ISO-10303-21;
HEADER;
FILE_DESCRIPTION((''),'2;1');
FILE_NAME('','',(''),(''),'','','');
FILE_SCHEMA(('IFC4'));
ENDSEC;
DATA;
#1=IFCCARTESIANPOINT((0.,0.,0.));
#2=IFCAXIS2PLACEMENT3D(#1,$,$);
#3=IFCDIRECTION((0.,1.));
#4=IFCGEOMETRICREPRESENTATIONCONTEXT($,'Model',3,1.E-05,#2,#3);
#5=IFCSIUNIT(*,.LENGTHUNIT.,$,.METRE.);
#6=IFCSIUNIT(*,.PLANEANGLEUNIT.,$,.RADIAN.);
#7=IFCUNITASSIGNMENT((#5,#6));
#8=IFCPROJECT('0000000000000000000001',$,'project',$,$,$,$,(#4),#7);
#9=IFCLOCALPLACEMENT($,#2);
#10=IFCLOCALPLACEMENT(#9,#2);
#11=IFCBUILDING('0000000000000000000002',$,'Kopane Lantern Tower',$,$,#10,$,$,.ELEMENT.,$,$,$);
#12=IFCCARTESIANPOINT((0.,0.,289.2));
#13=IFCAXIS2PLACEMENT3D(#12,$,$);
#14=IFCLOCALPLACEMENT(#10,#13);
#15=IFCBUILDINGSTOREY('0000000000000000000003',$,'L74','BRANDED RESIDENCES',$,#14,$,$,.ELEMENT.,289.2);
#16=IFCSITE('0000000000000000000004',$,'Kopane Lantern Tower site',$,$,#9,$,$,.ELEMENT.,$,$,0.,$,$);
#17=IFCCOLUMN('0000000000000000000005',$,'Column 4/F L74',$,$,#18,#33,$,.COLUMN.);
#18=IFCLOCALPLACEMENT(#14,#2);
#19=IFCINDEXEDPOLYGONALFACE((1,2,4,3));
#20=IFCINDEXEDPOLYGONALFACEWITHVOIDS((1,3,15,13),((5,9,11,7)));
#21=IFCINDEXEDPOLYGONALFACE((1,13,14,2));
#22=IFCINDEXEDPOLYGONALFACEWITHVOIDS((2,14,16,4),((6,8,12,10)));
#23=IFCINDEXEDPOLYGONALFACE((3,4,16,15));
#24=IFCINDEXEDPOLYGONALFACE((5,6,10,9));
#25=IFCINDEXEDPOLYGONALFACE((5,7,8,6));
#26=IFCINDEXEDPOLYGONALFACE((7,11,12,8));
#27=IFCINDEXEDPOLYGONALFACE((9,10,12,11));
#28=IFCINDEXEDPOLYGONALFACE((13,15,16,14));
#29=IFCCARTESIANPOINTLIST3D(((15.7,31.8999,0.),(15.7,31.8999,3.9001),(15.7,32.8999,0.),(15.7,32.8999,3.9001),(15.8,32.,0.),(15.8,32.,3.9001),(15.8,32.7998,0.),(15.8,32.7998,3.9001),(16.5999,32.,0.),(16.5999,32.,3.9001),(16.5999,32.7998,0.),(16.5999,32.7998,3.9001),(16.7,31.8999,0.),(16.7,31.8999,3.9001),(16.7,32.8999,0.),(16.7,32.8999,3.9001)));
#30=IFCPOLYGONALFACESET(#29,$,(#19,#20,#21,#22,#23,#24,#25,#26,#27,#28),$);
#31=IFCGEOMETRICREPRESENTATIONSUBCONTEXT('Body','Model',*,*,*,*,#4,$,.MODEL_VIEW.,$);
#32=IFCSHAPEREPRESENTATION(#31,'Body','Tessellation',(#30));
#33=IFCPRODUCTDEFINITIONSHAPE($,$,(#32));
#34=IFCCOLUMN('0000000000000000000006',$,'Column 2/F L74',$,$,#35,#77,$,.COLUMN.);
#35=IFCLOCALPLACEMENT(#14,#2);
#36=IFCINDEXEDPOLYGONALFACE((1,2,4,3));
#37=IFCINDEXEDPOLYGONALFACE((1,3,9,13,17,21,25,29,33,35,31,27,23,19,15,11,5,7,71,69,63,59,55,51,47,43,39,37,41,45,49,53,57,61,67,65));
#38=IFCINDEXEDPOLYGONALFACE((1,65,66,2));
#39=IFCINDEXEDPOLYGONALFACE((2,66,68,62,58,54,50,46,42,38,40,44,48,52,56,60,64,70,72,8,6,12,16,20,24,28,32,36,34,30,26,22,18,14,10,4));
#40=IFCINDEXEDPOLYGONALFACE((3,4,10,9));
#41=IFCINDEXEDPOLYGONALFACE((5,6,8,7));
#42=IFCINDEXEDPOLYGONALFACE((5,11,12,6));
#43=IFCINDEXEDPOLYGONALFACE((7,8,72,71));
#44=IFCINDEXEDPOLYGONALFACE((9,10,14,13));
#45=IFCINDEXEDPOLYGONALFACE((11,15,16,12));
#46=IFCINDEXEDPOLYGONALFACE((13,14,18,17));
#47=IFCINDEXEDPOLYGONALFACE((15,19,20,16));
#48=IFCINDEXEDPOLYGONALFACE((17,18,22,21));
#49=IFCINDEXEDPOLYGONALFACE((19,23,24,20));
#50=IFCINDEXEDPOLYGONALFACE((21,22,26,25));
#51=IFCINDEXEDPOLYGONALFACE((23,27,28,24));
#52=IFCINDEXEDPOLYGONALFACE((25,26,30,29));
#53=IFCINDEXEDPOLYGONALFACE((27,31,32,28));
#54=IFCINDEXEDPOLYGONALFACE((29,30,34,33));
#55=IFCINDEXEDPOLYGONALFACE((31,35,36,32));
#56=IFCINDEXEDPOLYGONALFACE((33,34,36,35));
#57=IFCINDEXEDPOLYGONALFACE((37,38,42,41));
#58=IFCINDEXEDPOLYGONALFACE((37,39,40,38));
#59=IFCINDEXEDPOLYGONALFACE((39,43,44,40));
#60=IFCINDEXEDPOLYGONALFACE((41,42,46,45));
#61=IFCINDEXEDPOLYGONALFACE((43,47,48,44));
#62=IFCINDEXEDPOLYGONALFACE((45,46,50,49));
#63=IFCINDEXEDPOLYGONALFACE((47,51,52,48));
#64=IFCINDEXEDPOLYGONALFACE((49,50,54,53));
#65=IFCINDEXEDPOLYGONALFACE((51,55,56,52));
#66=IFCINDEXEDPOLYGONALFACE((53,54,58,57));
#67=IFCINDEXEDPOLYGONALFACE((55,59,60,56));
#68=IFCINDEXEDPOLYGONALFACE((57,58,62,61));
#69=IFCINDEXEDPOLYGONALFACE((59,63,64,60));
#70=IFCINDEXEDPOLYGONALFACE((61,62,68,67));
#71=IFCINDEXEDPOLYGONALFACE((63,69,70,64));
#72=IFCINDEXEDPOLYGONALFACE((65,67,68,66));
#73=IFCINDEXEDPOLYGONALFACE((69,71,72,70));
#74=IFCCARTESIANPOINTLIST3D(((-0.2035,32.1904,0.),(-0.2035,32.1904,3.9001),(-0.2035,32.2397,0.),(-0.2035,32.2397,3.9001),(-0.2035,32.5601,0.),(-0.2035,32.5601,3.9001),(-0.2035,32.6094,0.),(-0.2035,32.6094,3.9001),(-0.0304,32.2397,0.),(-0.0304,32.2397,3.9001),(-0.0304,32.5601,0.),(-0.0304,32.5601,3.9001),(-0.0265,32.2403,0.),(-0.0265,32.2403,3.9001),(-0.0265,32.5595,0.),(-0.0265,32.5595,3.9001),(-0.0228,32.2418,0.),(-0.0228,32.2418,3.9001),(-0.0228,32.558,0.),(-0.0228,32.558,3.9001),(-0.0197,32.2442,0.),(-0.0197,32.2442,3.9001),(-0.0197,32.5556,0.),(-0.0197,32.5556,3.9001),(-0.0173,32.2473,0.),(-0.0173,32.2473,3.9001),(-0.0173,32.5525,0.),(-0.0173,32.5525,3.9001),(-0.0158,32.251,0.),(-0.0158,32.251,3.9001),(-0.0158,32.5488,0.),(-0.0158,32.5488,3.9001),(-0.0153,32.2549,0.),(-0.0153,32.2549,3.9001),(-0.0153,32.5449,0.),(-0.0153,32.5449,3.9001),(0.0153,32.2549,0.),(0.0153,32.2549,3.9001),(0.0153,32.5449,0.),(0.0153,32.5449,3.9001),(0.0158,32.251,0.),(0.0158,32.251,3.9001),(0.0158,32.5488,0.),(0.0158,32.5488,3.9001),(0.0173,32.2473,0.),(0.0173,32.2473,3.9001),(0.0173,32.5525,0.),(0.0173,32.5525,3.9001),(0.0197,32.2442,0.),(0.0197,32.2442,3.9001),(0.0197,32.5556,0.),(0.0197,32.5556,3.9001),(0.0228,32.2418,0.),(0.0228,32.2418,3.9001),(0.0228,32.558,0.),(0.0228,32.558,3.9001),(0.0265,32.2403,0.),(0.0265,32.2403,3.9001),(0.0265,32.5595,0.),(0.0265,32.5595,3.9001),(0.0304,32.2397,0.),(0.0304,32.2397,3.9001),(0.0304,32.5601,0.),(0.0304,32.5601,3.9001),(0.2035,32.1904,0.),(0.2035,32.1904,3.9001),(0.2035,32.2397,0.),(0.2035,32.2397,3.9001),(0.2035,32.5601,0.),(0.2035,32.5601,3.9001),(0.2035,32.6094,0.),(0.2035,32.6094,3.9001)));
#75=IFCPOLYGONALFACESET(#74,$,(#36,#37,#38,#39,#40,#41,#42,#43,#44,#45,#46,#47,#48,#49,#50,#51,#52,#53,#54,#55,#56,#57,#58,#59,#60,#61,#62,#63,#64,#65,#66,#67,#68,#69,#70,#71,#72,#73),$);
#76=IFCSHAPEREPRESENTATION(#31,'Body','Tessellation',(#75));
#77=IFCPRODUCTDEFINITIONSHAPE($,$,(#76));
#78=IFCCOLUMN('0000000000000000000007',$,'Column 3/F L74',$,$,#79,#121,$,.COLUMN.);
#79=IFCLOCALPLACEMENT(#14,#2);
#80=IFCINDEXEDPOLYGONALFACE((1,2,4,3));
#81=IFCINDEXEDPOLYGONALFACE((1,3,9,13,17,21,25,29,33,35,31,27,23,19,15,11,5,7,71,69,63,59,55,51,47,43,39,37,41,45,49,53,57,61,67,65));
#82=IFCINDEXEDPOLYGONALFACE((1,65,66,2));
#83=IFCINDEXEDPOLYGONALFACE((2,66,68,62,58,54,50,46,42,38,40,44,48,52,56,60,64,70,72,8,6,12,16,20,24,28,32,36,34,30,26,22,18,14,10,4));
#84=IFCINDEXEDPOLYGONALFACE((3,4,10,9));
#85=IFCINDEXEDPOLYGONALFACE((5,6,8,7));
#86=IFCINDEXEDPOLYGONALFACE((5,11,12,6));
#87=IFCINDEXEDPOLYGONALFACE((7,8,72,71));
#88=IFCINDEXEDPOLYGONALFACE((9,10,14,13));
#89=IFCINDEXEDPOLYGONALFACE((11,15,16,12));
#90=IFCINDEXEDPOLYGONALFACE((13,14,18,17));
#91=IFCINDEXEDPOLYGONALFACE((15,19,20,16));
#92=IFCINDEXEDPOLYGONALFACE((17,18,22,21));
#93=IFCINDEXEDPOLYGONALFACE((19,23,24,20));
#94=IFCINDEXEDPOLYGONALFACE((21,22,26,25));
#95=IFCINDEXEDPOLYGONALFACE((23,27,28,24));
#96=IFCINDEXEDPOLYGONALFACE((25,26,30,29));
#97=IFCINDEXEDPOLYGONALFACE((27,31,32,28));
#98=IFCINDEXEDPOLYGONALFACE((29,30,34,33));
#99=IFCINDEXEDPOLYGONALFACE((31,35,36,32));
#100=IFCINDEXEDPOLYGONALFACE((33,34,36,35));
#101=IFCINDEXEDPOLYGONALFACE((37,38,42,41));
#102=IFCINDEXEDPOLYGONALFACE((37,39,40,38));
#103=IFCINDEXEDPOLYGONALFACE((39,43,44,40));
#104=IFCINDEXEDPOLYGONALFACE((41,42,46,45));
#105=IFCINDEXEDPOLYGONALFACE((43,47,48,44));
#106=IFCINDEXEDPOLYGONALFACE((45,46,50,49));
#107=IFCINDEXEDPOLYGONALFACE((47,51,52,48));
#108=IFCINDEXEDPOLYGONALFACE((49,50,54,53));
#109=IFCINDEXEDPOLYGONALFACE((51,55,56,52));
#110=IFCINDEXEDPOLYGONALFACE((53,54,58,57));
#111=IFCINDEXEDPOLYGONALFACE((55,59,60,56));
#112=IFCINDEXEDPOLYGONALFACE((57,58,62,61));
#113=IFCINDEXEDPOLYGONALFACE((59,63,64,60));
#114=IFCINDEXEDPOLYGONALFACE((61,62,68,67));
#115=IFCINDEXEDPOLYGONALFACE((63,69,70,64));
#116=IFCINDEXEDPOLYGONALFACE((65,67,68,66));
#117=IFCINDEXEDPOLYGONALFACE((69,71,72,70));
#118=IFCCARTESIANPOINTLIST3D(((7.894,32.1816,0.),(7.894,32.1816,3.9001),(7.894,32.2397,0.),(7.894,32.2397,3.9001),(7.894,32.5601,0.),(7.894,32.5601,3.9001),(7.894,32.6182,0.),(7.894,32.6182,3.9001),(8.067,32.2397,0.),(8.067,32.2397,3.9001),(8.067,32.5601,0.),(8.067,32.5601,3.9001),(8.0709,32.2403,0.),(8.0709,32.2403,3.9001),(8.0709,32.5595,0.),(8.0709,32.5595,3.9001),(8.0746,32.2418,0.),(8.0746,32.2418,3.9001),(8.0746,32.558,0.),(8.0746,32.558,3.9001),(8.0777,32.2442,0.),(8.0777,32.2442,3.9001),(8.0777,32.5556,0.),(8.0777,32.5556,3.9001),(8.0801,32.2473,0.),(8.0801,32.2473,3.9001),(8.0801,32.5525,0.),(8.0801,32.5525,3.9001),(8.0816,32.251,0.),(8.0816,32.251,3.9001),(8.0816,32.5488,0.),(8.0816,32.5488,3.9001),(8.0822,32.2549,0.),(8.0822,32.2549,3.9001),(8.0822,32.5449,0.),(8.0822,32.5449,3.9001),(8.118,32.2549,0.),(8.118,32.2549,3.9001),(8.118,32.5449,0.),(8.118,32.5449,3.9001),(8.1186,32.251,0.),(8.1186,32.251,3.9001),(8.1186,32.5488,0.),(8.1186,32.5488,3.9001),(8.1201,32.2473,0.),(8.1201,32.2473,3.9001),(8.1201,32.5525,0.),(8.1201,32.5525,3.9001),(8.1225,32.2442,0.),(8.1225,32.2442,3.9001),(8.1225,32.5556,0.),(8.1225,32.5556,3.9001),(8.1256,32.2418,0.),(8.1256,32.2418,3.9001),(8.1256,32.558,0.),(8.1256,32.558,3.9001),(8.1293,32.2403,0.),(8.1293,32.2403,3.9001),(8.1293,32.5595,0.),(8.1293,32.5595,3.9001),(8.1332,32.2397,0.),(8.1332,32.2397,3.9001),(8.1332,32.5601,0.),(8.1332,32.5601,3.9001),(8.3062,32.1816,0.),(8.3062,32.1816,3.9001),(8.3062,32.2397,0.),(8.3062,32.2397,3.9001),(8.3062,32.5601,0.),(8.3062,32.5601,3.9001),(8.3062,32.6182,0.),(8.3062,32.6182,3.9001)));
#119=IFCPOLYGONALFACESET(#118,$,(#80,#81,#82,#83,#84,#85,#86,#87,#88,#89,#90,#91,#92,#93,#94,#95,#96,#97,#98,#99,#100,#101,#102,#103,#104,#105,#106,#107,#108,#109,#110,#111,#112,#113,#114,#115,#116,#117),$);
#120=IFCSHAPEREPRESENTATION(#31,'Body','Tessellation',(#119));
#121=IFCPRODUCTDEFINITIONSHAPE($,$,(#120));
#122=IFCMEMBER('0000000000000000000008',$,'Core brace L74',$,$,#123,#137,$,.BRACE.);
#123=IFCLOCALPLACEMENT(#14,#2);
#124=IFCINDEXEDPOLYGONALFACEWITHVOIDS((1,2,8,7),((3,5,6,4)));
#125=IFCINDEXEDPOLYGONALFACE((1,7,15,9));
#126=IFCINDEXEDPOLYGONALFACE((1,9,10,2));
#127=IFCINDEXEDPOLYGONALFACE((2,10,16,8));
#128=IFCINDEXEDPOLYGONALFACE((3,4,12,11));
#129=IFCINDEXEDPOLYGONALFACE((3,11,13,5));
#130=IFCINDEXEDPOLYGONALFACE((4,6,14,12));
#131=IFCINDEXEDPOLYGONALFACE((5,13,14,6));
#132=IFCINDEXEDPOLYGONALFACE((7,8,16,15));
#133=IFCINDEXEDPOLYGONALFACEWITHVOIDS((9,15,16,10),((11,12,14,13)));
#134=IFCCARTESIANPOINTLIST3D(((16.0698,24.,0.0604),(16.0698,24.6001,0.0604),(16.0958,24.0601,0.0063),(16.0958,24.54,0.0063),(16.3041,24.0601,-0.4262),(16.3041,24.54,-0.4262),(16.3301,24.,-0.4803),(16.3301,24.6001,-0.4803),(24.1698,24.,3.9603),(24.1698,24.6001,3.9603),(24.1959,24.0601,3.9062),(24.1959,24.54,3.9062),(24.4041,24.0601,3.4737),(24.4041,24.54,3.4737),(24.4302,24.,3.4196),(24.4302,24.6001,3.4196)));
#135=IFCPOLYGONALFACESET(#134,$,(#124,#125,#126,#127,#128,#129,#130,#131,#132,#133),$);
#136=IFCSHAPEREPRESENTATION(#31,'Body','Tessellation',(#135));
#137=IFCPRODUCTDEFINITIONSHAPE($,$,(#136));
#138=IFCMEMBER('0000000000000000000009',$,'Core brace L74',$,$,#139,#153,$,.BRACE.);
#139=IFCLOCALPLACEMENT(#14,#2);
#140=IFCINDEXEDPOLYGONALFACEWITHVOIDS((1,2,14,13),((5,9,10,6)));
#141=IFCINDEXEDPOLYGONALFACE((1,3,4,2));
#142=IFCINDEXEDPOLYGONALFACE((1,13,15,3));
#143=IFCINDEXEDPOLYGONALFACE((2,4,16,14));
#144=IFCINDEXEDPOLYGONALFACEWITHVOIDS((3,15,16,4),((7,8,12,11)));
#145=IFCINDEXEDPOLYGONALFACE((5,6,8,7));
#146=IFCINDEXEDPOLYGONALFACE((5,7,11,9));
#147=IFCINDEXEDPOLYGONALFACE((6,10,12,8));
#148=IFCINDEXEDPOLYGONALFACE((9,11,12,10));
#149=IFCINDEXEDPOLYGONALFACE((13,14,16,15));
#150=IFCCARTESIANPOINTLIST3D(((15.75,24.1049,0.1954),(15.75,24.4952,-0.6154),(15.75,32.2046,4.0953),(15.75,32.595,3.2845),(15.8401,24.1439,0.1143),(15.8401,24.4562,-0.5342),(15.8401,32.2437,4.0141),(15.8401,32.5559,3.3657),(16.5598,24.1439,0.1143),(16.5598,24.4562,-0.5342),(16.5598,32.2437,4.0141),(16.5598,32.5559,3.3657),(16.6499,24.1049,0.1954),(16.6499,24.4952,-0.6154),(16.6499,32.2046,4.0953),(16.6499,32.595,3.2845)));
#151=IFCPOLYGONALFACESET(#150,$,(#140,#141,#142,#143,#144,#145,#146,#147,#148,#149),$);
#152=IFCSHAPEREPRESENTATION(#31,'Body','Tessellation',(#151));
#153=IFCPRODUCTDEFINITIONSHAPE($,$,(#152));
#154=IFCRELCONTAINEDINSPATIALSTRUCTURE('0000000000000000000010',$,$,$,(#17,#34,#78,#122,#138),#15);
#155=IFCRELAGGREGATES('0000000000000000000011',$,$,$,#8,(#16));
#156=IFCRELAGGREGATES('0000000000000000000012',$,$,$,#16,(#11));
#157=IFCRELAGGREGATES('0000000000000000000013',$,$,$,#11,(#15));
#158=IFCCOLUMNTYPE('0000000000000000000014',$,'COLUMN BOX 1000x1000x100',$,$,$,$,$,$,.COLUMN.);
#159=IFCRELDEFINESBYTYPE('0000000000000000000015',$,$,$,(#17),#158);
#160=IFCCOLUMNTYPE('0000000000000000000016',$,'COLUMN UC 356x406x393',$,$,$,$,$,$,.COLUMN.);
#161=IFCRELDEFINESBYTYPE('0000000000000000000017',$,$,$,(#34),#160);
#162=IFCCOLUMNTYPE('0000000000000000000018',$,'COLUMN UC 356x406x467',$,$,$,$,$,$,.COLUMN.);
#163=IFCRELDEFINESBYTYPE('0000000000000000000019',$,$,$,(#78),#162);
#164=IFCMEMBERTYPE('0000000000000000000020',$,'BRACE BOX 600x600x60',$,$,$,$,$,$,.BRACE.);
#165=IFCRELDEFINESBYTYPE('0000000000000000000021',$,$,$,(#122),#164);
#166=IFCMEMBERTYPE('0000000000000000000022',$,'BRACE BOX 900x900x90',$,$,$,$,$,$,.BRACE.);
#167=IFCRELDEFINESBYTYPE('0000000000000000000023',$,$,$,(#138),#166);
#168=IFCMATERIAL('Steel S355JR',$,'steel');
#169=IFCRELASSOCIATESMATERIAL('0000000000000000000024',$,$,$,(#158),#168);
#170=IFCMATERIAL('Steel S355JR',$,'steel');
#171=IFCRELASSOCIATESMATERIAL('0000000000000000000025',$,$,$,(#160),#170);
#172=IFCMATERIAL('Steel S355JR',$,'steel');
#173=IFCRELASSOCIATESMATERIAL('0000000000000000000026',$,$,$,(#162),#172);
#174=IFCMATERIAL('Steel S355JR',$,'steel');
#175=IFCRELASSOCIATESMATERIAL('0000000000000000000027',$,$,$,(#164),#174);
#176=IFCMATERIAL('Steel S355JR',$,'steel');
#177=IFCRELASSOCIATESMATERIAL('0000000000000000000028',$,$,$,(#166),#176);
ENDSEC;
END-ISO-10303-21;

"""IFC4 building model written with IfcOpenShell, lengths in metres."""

from ifc_helpers import new_model, si_unit, direction, frame, origin, origin_2d, place, context, subcontext, project, spatial, hollow_rectangle, i_section, extrude, material, material_profile, profile_set, type_object, element, save


model = new_model("IFC4")

# Units and contexts
model_context = context("Model", 3, precision=1e-05, world=origin(), true_north=direction((0.0, 1.0)))
body_context = subcontext(model_context, "Body", "Model", "MODEL_VIEW")
ifc_project = project(units=[si_unit("LENGTHUNIT", "METRE"), si_unit("PLANEANGLEUNIT", "RADIAN")], contexts=[model_context])

# Site, building, storey
site_placement = place(None, origin())
site = spatial("IfcSite", under=ifc_project, at=site_placement, Name="Kopane Lantern Tower site", CompositionType="ELEMENT", RefElevation=0.0)
building_placement = place(site_placement, origin())
building = spatial("IfcBuilding", under=site, at=building_placement, Name="Kopane Lantern Tower", CompositionType="ELEMENT")
storey_placement = place(building_placement, frame((0.0, 0.0, 289.2)))
storey = spatial("IfcBuildingStorey", under=building, at=storey_placement, Name="L74", Description="BRANDED RESIDENCES", CompositionType="ELEMENT", Elevation=289.2)

# Columns
ifc_material_1 = material(Name="Steel S355JR", Category="steel")
ifc_material_profile_1 = material_profile(ifc_material_1, hollow_rectangle(XDim=1.0, YDim=1.0, WallThickness=0.1001, at=origin_2d()), Name="BOX 1000x1000x100")
ifc_profile_set_1 = profile_set([ifc_material_profile_1], Name="Steel S355JR")
column_type_1 = type_object("IfcColumnType", Name="COLUMN BOX 1000x1000x100", PredefinedType="COLUMN", material=ifc_profile_set_1)
column_1_placement = place(storey_placement, frame((16.2, 32.3999, 0.0), z_axis=(0.0, 0.0, 1.0), x_axis=(1.0, 0.0, 0.0)))
element("IfcColumn", 1, at=column_1_placement, inside=storey, type_object=column_type_1, Name="Column 4/F L74", PredefinedType="COLUMN", context=body_context, shape_type="SweptSolid", body=[
    extrude(hollow_rectangle(XDim=1.0, YDim=1.0, WallThickness=0.1001, at=origin_2d()), origin(), (0.0, 0.0, 1.0), 3.9001),
])
ifc_material_2 = material(Name="Steel S355JR", Category="steel")
ifc_material_profile_2 = material_profile(ifc_material_2, i_section(OverallWidth=0.407, OverallDepth=0.4189, WebThickness=0.0305, FlangeThickness=0.0493, FilletRadius=0.0151, at=origin_2d()), Name="UC 356x406x393")
ifc_profile_set_2 = profile_set([ifc_material_profile_2], Name="Steel S355JR")
column_type_2 = type_object("IfcColumnType", Name="COLUMN UC 356x406x393", PredefinedType="COLUMN", material=ifc_profile_set_2)
column_2_placement = place(storey_placement, frame((0.0, 32.3999, 0.0), z_axis=(0.0, 0.0, 1.0), x_axis=(1.0, 0.0, 0.0)))
element("IfcColumn", 2, at=column_2_placement, inside=storey, type_object=column_type_2, Name="Column 2/F L74", PredefinedType="COLUMN", context=body_context, shape_type="SweptSolid", body=[
    extrude(i_section(OverallWidth=0.407, OverallDepth=0.4189, WebThickness=0.0305, FlangeThickness=0.0493, FilletRadius=0.0151, at=origin_2d()), origin(), (0.0, 0.0, 1.0), 3.9001),
])
ifc_material_3 = material(Name="Steel S355JR", Category="steel")
ifc_material_profile_3 = material_profile(ifc_material_3, i_section(OverallWidth=0.4121, OverallDepth=0.4365, WebThickness=0.0359, FlangeThickness=0.0581, FilletRadius=0.0151, at=origin_2d()), Name="UC 356x406x467")
ifc_profile_set_3 = profile_set([ifc_material_profile_3], Name="Steel S355JR")
column_type_3 = type_object("IfcColumnType", Name="COLUMN UC 356x406x467", PredefinedType="COLUMN", material=ifc_profile_set_3)
column_3_placement = place(storey_placement, frame((8.1001, 32.3999, 0.0), z_axis=(0.0, 0.0, 1.0), x_axis=(1.0, 0.0, 0.0)))
element("IfcColumn", 3, at=column_3_placement, inside=storey, type_object=column_type_3, Name="Column 3/F L74", PredefinedType="COLUMN", context=body_context, shape_type="SweptSolid", body=[
    extrude(i_section(OverallWidth=0.4121, OverallDepth=0.4365, WebThickness=0.0359, FlangeThickness=0.0581, FilletRadius=0.0151, at=origin_2d()), origin(), (0.0, 0.0, 1.0), 3.9001),
])

# Members
ifc_material_4 = material(Name="Steel S355JR", Category="steel")
ifc_material_profile_4 = material_profile(ifc_material_4, hollow_rectangle(XDim=0.6001, YDim=0.6001, WallThickness=0.0601, at=origin_2d()), Name="BOX 600x600x60")
ifc_profile_set_4 = profile_set([ifc_material_profile_4], Name="Steel S355JR")
member_type_1 = type_object("IfcMemberType", Name="BRACE BOX 600x600x60", PredefinedType="BRACE", material=ifc_profile_set_4)
member_1_placement = place(storey_placement, frame((16.2, 24.3, -0.21), z_axis=(0.901008, 0.0, 0.433803), x_axis=(0.0, 1.0, 0.0)))
element("IfcMember", 4, at=member_1_placement, inside=storey, type_object=member_type_1, Name="Core brace L74", PredefinedType="BRACE", context=body_context, shape_type="SweptSolid", body=[
    extrude(hollow_rectangle(XDim=0.6001, YDim=0.6001, WallThickness=0.0601, at=origin_2d()), origin(), (0.0, 0.0, 1.0), 8.99),
])
ifc_material_5 = material(Name="Steel S355JR", Category="steel")
ifc_material_profile_5 = material_profile(ifc_material_5, hollow_rectangle(XDim=0.8999, YDim=0.8999, WallThickness=0.0901, at=origin_2d()), Name="BOX 900x900x90")
ifc_profile_set_5 = profile_set([ifc_material_profile_5], Name="Steel S355JR")
member_type_2 = type_object("IfcMemberType", Name="BRACE BOX 900x900x90", PredefinedType="BRACE", material=ifc_profile_set_5)
member_2_placement = place(storey_placement, frame((16.2, 24.3, -0.21), z_axis=(0.0, 0.901003, 0.433813), x_axis=(-1.0, 0.0, 0.0)))
element("IfcMember", 5, at=member_2_placement, inside=storey, type_object=member_type_2, Name="Core brace L74", PredefinedType="BRACE", context=body_context, shape_type="SweptSolid", body=[
    extrude(hollow_rectangle(XDim=0.8999, YDim=0.8999, WallThickness=0.0901, at=origin_2d()), origin(), (0.0, 0.0, 1.0), 8.9897),
])

save(model, "model.ifc")
